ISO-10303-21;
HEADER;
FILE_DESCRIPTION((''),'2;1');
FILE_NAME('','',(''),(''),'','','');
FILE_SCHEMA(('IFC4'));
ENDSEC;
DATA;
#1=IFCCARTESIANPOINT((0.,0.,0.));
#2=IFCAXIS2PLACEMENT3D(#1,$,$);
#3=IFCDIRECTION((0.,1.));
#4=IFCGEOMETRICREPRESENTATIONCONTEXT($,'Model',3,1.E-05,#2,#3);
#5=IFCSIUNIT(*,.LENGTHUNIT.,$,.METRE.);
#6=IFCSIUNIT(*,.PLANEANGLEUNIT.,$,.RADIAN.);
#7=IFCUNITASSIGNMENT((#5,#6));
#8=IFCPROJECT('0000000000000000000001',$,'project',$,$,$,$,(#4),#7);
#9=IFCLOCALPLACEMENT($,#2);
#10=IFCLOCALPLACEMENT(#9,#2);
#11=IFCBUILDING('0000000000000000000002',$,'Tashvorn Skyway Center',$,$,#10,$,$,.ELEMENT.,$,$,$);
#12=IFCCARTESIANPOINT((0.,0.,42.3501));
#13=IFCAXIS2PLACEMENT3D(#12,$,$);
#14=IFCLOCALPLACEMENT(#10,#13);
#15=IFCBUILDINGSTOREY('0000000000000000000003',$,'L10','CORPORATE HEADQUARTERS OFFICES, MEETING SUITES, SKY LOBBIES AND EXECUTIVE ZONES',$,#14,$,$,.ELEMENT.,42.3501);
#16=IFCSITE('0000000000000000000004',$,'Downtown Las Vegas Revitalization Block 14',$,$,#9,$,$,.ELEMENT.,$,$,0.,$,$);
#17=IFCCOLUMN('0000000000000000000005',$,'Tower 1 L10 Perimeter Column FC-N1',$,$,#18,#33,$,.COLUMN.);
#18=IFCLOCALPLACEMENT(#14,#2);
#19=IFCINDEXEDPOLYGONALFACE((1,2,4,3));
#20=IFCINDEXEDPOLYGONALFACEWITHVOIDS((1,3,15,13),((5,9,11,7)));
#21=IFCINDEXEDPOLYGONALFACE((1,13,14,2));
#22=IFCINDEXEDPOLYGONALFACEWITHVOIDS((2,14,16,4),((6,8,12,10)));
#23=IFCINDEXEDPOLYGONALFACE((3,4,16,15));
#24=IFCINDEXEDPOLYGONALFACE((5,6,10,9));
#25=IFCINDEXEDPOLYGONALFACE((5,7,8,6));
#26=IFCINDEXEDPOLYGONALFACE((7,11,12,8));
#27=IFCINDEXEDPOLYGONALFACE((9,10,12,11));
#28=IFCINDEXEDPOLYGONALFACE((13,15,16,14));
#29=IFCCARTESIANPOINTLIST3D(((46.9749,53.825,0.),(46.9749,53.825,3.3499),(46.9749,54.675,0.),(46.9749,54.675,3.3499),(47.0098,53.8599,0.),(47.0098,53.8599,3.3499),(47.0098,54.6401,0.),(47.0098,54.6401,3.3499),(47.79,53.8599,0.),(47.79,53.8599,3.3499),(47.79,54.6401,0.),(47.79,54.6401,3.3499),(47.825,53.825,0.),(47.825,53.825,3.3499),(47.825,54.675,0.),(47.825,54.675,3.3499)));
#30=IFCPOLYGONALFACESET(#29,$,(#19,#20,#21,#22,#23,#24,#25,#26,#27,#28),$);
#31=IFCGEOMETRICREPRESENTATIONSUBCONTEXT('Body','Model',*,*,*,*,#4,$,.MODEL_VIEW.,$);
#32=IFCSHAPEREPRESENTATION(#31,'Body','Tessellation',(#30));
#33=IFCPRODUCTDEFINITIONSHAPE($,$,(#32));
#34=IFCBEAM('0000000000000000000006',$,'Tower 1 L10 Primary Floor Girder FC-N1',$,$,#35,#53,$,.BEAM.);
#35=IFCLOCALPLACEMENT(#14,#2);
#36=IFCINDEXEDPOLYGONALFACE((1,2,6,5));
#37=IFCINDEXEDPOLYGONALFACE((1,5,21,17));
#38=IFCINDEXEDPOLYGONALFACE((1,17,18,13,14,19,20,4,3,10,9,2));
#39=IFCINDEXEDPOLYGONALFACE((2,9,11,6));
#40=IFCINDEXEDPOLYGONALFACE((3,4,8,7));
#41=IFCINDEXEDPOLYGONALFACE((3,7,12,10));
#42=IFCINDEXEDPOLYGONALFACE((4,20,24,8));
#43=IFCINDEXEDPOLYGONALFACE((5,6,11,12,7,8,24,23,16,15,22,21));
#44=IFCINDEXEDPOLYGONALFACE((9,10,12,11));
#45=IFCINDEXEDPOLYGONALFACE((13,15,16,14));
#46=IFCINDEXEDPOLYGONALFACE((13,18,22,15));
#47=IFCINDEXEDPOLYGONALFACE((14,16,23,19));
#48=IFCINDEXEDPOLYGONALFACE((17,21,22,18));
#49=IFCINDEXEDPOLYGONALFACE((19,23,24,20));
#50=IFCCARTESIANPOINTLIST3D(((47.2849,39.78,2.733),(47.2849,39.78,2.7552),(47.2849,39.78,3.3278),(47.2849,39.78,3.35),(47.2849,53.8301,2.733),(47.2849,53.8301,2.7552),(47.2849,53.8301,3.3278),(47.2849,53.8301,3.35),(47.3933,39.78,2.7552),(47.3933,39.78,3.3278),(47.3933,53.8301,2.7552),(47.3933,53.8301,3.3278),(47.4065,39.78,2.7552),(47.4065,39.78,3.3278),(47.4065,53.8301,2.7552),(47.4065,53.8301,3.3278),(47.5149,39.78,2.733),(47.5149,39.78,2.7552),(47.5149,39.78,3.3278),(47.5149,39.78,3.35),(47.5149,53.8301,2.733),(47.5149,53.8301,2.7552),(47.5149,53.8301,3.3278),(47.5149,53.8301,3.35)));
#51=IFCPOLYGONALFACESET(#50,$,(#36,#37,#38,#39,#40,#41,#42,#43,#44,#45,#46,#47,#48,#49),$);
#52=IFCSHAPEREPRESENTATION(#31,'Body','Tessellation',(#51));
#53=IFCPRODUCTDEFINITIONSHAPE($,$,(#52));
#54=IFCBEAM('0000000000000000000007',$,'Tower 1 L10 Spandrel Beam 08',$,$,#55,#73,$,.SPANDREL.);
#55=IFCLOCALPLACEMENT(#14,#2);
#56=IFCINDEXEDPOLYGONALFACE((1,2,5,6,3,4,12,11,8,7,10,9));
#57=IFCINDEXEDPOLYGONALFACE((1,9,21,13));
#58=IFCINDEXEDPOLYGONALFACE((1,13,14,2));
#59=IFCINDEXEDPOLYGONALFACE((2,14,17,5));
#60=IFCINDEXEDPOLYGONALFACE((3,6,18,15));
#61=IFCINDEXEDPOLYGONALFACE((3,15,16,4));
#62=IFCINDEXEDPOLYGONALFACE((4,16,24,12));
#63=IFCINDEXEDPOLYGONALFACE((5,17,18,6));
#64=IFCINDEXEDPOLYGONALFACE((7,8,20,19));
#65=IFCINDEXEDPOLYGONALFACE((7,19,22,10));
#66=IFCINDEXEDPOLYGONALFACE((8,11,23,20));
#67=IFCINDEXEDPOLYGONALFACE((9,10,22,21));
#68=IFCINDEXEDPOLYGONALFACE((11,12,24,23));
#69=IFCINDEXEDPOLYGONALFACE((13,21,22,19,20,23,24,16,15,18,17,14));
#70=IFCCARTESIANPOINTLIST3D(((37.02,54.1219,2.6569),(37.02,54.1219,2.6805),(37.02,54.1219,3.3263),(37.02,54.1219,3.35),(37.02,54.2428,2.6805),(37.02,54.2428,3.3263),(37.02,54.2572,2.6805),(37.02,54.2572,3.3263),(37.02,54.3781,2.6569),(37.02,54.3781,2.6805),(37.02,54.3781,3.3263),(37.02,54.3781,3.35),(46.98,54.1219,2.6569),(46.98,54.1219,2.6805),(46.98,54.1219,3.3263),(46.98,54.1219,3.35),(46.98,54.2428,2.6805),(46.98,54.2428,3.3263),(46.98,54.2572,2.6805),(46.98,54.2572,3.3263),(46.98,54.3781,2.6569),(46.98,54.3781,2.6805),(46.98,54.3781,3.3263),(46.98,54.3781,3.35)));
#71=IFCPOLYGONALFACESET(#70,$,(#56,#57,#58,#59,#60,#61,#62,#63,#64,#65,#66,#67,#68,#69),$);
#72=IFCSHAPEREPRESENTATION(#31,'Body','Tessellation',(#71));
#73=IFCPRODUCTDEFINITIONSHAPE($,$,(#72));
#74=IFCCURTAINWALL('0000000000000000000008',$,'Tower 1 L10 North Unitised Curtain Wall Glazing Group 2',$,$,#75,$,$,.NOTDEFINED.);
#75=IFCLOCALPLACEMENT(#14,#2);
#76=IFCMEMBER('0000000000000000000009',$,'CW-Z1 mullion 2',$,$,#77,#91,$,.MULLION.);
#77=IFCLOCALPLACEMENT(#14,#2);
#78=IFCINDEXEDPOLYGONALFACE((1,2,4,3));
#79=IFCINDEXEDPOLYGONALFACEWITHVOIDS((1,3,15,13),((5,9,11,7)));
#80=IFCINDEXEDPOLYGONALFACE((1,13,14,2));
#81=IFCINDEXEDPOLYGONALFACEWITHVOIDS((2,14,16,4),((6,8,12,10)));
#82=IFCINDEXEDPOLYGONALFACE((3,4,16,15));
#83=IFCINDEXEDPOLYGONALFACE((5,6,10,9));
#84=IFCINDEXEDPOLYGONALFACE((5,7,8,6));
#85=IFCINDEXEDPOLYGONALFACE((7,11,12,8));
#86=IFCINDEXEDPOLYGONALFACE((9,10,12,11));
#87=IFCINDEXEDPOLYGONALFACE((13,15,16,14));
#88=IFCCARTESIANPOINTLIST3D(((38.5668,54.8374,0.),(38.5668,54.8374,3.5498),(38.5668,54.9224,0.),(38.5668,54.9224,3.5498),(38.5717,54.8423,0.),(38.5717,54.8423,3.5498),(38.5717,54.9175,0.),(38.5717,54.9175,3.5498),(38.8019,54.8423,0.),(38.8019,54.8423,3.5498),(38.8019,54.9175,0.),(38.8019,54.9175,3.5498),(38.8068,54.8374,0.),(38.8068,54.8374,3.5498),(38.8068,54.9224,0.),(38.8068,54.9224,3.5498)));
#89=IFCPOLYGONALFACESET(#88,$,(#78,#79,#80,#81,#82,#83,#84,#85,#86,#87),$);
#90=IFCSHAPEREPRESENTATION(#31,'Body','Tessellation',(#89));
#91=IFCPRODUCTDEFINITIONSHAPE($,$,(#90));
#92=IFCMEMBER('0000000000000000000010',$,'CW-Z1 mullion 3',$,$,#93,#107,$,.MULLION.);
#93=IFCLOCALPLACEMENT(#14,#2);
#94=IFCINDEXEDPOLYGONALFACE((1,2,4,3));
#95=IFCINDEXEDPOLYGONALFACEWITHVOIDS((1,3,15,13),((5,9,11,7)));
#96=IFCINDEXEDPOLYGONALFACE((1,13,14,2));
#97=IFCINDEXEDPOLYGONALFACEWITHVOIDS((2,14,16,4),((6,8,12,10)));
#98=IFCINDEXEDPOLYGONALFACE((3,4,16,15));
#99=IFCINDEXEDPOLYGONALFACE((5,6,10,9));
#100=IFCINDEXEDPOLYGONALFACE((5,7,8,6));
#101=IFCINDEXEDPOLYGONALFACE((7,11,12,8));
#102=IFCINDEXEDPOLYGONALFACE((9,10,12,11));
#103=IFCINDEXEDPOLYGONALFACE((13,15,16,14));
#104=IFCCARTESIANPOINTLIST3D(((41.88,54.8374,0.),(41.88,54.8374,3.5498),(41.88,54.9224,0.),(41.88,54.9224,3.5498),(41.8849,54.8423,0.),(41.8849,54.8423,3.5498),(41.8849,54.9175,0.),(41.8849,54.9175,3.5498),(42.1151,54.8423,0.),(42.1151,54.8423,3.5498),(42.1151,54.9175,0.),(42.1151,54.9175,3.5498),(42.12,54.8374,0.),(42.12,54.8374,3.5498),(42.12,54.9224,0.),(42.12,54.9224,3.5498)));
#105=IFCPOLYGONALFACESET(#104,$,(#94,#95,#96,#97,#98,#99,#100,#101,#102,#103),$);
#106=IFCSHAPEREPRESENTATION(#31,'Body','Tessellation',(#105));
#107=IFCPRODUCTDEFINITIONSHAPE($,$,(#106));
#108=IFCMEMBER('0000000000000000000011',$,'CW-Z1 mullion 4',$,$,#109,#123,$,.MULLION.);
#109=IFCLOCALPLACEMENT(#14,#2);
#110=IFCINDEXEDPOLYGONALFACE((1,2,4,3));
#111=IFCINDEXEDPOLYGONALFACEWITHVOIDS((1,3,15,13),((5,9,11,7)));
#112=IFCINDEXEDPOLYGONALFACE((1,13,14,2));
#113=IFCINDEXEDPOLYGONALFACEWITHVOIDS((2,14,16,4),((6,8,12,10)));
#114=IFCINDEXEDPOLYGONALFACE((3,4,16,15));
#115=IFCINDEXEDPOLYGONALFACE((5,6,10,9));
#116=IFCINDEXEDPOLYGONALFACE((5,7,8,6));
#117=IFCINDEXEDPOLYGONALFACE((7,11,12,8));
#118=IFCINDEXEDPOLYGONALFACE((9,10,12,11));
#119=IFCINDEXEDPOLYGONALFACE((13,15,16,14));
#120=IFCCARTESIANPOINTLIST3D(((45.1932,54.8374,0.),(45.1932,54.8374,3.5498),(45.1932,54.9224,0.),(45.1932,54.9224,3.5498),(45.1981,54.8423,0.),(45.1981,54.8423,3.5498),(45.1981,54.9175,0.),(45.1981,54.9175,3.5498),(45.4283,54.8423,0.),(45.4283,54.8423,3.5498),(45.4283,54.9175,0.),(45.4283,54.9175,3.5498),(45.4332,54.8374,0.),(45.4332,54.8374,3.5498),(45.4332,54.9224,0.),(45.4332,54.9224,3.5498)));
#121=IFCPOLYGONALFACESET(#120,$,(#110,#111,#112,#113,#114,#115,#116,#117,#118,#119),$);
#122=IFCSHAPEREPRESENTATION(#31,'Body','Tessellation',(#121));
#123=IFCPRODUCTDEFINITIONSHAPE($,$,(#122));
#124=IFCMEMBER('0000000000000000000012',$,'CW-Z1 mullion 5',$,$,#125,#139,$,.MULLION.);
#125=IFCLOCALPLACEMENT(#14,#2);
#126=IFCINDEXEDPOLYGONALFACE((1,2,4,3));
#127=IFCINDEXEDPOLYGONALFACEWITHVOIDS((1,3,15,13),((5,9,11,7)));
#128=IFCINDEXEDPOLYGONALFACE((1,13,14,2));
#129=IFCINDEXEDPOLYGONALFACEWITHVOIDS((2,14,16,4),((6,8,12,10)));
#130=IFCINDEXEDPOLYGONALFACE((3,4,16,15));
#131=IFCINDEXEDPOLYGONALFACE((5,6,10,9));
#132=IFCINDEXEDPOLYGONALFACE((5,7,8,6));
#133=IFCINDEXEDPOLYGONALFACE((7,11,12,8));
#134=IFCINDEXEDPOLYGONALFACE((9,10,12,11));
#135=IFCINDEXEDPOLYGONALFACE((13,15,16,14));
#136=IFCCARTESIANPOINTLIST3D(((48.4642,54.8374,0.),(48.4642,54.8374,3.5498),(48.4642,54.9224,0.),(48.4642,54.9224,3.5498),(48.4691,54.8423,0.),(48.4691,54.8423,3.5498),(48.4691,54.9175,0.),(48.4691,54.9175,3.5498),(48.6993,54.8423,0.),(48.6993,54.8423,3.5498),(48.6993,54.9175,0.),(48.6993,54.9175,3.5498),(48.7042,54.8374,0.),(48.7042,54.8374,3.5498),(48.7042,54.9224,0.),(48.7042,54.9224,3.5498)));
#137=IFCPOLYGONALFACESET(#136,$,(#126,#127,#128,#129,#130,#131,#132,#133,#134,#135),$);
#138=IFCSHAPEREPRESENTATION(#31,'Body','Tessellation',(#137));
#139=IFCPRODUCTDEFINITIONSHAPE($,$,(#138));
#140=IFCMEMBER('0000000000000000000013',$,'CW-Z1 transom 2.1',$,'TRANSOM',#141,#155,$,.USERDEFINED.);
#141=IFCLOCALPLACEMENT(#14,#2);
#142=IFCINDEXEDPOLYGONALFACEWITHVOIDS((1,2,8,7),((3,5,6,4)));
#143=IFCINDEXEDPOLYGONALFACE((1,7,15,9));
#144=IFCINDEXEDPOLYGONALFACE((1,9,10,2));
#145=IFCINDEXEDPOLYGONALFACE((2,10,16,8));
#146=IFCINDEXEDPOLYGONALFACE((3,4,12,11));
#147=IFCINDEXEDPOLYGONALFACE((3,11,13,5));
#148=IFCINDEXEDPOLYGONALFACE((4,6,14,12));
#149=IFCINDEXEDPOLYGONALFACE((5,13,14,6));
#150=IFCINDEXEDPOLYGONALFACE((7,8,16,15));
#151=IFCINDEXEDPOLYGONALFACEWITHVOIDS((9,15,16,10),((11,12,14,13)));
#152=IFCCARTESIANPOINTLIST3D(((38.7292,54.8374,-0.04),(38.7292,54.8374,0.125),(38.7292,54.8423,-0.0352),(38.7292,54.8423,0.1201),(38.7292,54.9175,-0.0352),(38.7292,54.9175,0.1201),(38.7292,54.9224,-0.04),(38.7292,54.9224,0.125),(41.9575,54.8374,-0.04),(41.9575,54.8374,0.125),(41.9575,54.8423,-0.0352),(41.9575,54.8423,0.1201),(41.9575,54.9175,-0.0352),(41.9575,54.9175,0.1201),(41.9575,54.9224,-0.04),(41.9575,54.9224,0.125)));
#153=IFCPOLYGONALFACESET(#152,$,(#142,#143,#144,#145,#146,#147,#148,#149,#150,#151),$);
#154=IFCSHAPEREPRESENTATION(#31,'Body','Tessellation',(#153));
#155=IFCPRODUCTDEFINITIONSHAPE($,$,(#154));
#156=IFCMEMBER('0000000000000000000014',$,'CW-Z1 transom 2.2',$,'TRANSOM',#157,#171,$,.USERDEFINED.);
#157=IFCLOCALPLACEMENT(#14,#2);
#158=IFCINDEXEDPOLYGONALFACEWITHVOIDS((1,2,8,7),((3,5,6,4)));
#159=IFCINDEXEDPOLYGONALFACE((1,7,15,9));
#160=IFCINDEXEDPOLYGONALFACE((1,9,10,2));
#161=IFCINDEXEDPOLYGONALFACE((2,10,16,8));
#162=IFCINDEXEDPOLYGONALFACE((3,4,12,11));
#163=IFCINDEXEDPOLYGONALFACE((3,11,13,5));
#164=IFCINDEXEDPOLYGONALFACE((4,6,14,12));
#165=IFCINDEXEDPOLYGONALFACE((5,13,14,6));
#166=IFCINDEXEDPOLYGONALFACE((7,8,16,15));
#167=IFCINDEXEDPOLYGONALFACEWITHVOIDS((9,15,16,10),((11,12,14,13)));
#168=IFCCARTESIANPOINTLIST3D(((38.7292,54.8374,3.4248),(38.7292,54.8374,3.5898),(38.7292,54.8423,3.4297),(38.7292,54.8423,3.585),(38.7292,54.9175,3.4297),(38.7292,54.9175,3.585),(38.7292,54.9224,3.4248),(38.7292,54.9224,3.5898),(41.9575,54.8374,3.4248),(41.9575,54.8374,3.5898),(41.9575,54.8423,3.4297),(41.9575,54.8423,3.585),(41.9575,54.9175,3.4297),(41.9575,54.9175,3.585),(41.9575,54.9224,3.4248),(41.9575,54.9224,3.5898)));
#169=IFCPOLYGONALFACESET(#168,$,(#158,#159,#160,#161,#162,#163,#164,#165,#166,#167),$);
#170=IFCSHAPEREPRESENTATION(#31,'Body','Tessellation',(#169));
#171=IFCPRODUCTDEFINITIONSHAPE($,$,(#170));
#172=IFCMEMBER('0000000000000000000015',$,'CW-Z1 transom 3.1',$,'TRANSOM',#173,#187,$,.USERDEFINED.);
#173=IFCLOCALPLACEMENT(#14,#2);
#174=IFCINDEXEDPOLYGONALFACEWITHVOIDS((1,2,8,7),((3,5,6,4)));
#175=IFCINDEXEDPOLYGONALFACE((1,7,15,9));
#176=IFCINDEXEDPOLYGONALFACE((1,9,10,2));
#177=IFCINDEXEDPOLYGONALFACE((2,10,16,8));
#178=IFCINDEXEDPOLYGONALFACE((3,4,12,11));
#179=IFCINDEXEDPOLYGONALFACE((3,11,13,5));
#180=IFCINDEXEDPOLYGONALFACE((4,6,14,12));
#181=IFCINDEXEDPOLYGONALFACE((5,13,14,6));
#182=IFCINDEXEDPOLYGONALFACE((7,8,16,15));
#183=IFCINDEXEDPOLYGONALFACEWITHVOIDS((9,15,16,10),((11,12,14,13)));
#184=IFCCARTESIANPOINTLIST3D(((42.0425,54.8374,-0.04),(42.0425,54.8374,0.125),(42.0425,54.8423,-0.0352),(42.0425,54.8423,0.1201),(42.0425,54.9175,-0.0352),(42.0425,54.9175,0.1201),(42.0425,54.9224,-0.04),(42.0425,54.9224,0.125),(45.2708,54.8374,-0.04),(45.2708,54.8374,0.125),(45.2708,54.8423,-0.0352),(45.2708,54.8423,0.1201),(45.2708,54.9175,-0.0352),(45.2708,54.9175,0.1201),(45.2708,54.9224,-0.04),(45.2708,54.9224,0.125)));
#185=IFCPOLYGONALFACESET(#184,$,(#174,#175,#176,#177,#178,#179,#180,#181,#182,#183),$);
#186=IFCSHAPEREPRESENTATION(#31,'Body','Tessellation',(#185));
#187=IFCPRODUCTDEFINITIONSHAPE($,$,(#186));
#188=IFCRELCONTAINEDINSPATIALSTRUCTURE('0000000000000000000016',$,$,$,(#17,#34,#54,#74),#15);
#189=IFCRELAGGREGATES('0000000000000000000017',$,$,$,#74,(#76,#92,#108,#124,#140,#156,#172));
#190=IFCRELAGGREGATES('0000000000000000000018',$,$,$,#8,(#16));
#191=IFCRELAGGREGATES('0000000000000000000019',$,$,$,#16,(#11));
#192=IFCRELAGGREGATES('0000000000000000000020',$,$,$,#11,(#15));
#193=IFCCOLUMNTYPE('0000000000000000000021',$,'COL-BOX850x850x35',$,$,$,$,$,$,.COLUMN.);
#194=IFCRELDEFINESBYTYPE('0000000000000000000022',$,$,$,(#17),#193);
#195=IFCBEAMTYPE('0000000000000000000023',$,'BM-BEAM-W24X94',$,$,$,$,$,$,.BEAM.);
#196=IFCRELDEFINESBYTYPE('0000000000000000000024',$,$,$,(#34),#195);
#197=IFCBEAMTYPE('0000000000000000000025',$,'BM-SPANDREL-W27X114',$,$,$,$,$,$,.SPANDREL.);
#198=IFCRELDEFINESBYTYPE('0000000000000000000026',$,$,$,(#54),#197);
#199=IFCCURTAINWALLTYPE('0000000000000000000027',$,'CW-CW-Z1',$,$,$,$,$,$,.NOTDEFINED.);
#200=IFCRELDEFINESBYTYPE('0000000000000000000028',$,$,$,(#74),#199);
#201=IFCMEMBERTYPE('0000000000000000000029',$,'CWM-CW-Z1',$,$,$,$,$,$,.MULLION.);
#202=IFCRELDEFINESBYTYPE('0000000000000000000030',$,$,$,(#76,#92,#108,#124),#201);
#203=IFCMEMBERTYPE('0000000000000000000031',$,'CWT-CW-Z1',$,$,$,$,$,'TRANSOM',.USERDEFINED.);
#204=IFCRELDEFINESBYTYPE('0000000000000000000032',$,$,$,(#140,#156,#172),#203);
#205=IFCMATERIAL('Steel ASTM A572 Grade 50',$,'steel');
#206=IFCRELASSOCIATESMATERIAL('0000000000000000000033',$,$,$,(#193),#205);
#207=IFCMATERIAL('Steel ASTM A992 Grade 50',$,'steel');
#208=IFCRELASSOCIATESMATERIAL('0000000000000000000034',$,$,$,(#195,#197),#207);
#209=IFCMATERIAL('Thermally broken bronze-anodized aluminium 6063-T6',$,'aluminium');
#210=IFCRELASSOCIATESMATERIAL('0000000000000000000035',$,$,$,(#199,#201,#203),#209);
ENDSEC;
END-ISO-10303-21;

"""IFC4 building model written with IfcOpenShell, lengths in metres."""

from ifc_helpers import new_model, si_unit, direction, frame, origin, origin_2d, place, context, subcontext, project, spatial, hollow_rectangle, i_section, extrude, material, material_profile, profile_set, type_object, element, aggregate, save


model = new_model("IFC4")

# Units and contexts
model_context = context("Model", 3, precision=1e-05, world=origin(), true_north=direction((0.0, 1.0)))
body_context = subcontext(model_context, "Body", "Model", "MODEL_VIEW")
ifc_project = project(units=[si_unit("LENGTHUNIT", "METRE"), si_unit("PLANEANGLEUNIT", "RADIAN")], contexts=[model_context])

# Site, building, storey
site_placement = place(None, origin())
site = spatial("IfcSite", under=ifc_project, at=site_placement, Name="Downtown Las Vegas Revitalization Block 14", CompositionType="ELEMENT", RefElevation=0.0)
building_placement = place(site_placement, origin())
building = spatial("IfcBuilding", under=site, at=building_placement, Name="Tashvorn Skyway Center", CompositionType="ELEMENT")
storey_placement = place(building_placement, frame((0.0, 0.0, 42.3501)))
storey = spatial("IfcBuildingStorey", under=building, at=storey_placement, Name="L10", Description="CORPORATE HEADQUARTERS OFFICES, MEETING SUITES, SKY LOBBIES AND EXECUTIVE ZONES", CompositionType="ELEMENT", Elevation=42.3501)

# Column
ifc_material_1 = material(Name="Steel ASTM A572 Grade 50", Category="steel")
ifc_material_profile_1 = material_profile(ifc_material_1, hollow_rectangle(XDim=0.8501, YDim=0.8501, WallThickness=0.0349, at=origin_2d()), Name="BOX850x850x35")
ifc_profile_set_1 = profile_set([ifc_material_profile_1], Name="Steel ASTM A572 Grade 50")
column_type = type_object("IfcColumnType", Name="COL-BOX850x850x35", PredefinedType="COLUMN", material=ifc_profile_set_1)
column_placement = place(storey_placement, frame((47.3999, 54.25, 0.0), z_axis=(0.0, 0.0, 1.0), x_axis=(1.0, 0.0, 0.0)))
element("IfcColumn", 1, at=column_placement, inside=storey, type_object=column_type, Name="Tower 1 L10 Perimeter Column FC-N1", PredefinedType="COLUMN", context=body_context, shape_type="SweptSolid", body=[
    extrude(hollow_rectangle(XDim=0.8501, YDim=0.8501, WallThickness=0.0349, at=origin_2d()), origin(), (0.0, 0.0, 1.0), 3.3499),
])

# Beams
ifc_material_2 = material(Name="Steel ASTM A992 Grade 50", Category="steel")
ifc_material_profile_2 = material_profile(ifc_material_2, i_section(OverallWidth=0.23, OverallDepth=0.6169, WebThickness=0.0132, FlangeThickness=0.0222, at=origin_2d()), Name="W24X94")
ifc_profile_set_2 = profile_set([ifc_material_profile_2], Name="Steel ASTM A992 Grade 50")
beam_type_1 = type_object("IfcBeamType", Name="BM-BEAM-W24X94", PredefinedType="BEAM", material=ifc_profile_set_2)
beam_1_placement = place(storey_placement, frame((47.3999, 53.8301, 3.0415), z_axis=(0.0, -1.0, 0.0), x_axis=(1.0, 0.0, 0.0)))
element("IfcBeam", 2, at=beam_1_placement, inside=storey, type_object=beam_type_1, Name="Tower 1 L10 Primary Floor Girder FC-N1", PredefinedType="BEAM", context=body_context, shape_type="SweptSolid", body=[
    extrude(i_section(OverallWidth=0.23, OverallDepth=0.6169, WebThickness=0.0132, FlangeThickness=0.0222, at=origin_2d()), origin(), (0.0, 0.0, 1.0), 14.05),
])
ifc_material_profile_3 = material_profile(ifc_material_2, i_section(OverallWidth=0.2561, OverallDepth=0.6931, WebThickness=0.0144, FlangeThickness=0.0237, at=origin_2d()), Name="W27X114")
ifc_profile_set_3 = profile_set([ifc_material_profile_3], Name="Steel ASTM A992 Grade 50")
beam_type_2 = type_object("IfcBeamType", Name="BM-SPANDREL-W27X114", PredefinedType="SPANDREL", material=ifc_profile_set_3)
beam_2_placement = place(storey_placement, frame((46.98, 54.25, 3.0034), z_axis=(-1.0, 0.0, 0.0), x_axis=(0.0, -1.0, 0.0)))
element("IfcBeam", 3, at=beam_2_placement, inside=storey, type_object=beam_type_2, Name="Tower 1 L10 Spandrel Beam 08", PredefinedType="SPANDREL", context=body_context, shape_type="SweptSolid", body=[
    extrude(i_section(OverallWidth=0.2561, OverallDepth=0.6931, WebThickness=0.0144, FlangeThickness=0.0237, at=origin_2d()), origin(), (0.0, 0.0, 1.0), 9.96),
])

# Curtain wall, members
ifc_material_3 = material(Name="Thermally broken bronze-anodized aluminium 6063-T6", Category="aluminium")
curtain_wall_type = type_object("IfcCurtainWallType", Name="CW-CW-Z1", PredefinedType="NOTDEFINED", material=ifc_material_3)
curtain_wall_placement = place(storey_placement, origin())
curtain_wall = element("IfcCurtainWall", 4, at=curtain_wall_placement, inside=storey, type_object=curtain_wall_type, Name="Tower 1 L10 North Unitised Curtain Wall Glazing Group 2", PredefinedType="NOTDEFINED")
ifc_material_profile_4 = material_profile(ifc_material_3, hollow_rectangle(XDim=0.085, YDim=0.24, WallThickness=0.0049, at=origin_2d()), Name="ALU-MULL-85x240")
ifc_profile_set_4 = profile_set([ifc_material_profile_4], Name="Thermally broken bronze-anodized aluminium 6063-T6")
member_type_1 = type_object("IfcMemberType", Name="CWM-CW-Z1", PredefinedType="MULLION", material=ifc_profile_set_4)
member_1_placement = place(storey_placement, frame((38.6868, 54.8799, 0.0), z_axis=(0.0, 0.0, 1.0), x_axis=(0.0, 1.0, 0.0)))
member_1 = element("IfcMember", 5, at=member_1_placement, type_object=member_type_1, Name="CW-Z1 mullion 2", PredefinedType="MULLION", context=body_context, shape_type="SweptSolid", body=[
    extrude(hollow_rectangle(XDim=0.085, YDim=0.24, WallThickness=0.0049, at=origin_2d()), origin(), (0.0, 0.0, 1.0), 3.5498),
])
member_2_placement = place(storey_placement, frame((42.0, 54.8799, 0.0), z_axis=(0.0, 0.0, 1.0), x_axis=(0.0, 1.0, 0.0)))
member_2 = element("IfcMember", 6, at=member_2_placement, type_object=member_type_1, Name="CW-Z1 mullion 3", PredefinedType="MULLION", context=body_context, shape_type="SweptSolid", body=[
    extrude(hollow_rectangle(XDim=0.085, YDim=0.24, WallThickness=0.0049, at=origin_2d()), origin(), (0.0, 0.0, 1.0), 3.5498),
])
member_3_placement = place(storey_placement, frame((45.3132, 54.8799, 0.0), z_axis=(0.0, 0.0, 1.0), x_axis=(0.0, 1.0, 0.0)))
member_3 = element("IfcMember", 7, at=member_3_placement, type_object=member_type_1, Name="CW-Z1 mullion 4", PredefinedType="MULLION", context=body_context, shape_type="SweptSolid", body=[
    extrude(hollow_rectangle(XDim=0.085, YDim=0.24, WallThickness=0.0049, at=origin_2d()), origin(), (0.0, 0.0, 1.0), 3.5498),
])
member_4_placement = place(storey_placement, frame((48.5842, 54.8799, 0.0), z_axis=(0.0, 0.0, 1.0), x_axis=(0.0, 1.0, 0.0)))
member_4 = element("IfcMember", 8, at=member_4_placement, type_object=member_type_1, Name="CW-Z1 mullion 5", PredefinedType="MULLION", context=body_context, shape_type="SweptSolid", body=[
    extrude(hollow_rectangle(XDim=0.085, YDim=0.24, WallThickness=0.0049, at=origin_2d()), origin(), (0.0, 0.0, 1.0), 3.5498),
])
ifc_material_profile_5 = material_profile(ifc_material_3, hollow_rectangle(XDim=0.085, YDim=0.165, WallThickness=0.0049, at=origin_2d()), Name="ALU-TRAN-85x165")
ifc_profile_set_5 = profile_set([ifc_material_profile_5], Name="Thermally broken bronze-anodized aluminium 6063-T6")
member_type_2 = type_object("IfcMemberType", Name="CWT-CW-Z1", ElementType="TRANSOM", PredefinedType="USERDEFINED", material=ifc_profile_set_5)
member_5_placement = place(storey_placement, frame((38.7292, 54.8799, 0.0425), z_axis=(1.0, 0.0, 0.0), x_axis=(0.0, 1.0, 0.0)))
member_5 = element("IfcMember", 9, at=member_5_placement, type_object=member_type_2, Name="CW-Z1 transom 2.1", ObjectType="TRANSOM", PredefinedType="USERDEFINED", context=body_context, shape_type="SweptSolid", body=[
    extrude(hollow_rectangle(XDim=0.085, YDim=0.165, WallThickness=0.0049, at=origin_2d()), origin(), (0.0, 0.0, 1.0), 3.2283),
])
member_6_placement = place(storey_placement, frame((38.7292, 54.8799, 3.5073), z_axis=(1.0, 0.0, 0.0), x_axis=(0.0, 1.0, 0.0)))
member_6 = element("IfcMember", 10, at=member_6_placement, type_object=member_type_2, Name="CW-Z1 transom 2.2", ObjectType="TRANSOM", PredefinedType="USERDEFINED", context=body_context, shape_type="SweptSolid", body=[
    extrude(hollow_rectangle(XDim=0.085, YDim=0.165, WallThickness=0.0049, at=origin_2d()), origin(), (0.0, 0.0, 1.0), 3.2283),
])
member_7_placement = place(storey_placement, frame((42.0425, 54.8799, 0.0425), z_axis=(1.0, 0.0, 0.0), x_axis=(0.0, 1.0, 0.0)))
member_7 = element("IfcMember", 11, at=member_7_placement, type_object=member_type_2, Name="CW-Z1 transom 3.1", ObjectType="TRANSOM", PredefinedType="USERDEFINED", context=body_context, shape_type="SweptSolid", body=[
    extrude(hollow_rectangle(XDim=0.085, YDim=0.165, WallThickness=0.0049, at=origin_2d()), origin(), (0.0, 0.0, 1.0), 3.2283),
])
aggregate(curtain_wall, [member_1, member_2, member_3, member_4, member_5, member_6, member_7])

save(model, "model.ifc")
